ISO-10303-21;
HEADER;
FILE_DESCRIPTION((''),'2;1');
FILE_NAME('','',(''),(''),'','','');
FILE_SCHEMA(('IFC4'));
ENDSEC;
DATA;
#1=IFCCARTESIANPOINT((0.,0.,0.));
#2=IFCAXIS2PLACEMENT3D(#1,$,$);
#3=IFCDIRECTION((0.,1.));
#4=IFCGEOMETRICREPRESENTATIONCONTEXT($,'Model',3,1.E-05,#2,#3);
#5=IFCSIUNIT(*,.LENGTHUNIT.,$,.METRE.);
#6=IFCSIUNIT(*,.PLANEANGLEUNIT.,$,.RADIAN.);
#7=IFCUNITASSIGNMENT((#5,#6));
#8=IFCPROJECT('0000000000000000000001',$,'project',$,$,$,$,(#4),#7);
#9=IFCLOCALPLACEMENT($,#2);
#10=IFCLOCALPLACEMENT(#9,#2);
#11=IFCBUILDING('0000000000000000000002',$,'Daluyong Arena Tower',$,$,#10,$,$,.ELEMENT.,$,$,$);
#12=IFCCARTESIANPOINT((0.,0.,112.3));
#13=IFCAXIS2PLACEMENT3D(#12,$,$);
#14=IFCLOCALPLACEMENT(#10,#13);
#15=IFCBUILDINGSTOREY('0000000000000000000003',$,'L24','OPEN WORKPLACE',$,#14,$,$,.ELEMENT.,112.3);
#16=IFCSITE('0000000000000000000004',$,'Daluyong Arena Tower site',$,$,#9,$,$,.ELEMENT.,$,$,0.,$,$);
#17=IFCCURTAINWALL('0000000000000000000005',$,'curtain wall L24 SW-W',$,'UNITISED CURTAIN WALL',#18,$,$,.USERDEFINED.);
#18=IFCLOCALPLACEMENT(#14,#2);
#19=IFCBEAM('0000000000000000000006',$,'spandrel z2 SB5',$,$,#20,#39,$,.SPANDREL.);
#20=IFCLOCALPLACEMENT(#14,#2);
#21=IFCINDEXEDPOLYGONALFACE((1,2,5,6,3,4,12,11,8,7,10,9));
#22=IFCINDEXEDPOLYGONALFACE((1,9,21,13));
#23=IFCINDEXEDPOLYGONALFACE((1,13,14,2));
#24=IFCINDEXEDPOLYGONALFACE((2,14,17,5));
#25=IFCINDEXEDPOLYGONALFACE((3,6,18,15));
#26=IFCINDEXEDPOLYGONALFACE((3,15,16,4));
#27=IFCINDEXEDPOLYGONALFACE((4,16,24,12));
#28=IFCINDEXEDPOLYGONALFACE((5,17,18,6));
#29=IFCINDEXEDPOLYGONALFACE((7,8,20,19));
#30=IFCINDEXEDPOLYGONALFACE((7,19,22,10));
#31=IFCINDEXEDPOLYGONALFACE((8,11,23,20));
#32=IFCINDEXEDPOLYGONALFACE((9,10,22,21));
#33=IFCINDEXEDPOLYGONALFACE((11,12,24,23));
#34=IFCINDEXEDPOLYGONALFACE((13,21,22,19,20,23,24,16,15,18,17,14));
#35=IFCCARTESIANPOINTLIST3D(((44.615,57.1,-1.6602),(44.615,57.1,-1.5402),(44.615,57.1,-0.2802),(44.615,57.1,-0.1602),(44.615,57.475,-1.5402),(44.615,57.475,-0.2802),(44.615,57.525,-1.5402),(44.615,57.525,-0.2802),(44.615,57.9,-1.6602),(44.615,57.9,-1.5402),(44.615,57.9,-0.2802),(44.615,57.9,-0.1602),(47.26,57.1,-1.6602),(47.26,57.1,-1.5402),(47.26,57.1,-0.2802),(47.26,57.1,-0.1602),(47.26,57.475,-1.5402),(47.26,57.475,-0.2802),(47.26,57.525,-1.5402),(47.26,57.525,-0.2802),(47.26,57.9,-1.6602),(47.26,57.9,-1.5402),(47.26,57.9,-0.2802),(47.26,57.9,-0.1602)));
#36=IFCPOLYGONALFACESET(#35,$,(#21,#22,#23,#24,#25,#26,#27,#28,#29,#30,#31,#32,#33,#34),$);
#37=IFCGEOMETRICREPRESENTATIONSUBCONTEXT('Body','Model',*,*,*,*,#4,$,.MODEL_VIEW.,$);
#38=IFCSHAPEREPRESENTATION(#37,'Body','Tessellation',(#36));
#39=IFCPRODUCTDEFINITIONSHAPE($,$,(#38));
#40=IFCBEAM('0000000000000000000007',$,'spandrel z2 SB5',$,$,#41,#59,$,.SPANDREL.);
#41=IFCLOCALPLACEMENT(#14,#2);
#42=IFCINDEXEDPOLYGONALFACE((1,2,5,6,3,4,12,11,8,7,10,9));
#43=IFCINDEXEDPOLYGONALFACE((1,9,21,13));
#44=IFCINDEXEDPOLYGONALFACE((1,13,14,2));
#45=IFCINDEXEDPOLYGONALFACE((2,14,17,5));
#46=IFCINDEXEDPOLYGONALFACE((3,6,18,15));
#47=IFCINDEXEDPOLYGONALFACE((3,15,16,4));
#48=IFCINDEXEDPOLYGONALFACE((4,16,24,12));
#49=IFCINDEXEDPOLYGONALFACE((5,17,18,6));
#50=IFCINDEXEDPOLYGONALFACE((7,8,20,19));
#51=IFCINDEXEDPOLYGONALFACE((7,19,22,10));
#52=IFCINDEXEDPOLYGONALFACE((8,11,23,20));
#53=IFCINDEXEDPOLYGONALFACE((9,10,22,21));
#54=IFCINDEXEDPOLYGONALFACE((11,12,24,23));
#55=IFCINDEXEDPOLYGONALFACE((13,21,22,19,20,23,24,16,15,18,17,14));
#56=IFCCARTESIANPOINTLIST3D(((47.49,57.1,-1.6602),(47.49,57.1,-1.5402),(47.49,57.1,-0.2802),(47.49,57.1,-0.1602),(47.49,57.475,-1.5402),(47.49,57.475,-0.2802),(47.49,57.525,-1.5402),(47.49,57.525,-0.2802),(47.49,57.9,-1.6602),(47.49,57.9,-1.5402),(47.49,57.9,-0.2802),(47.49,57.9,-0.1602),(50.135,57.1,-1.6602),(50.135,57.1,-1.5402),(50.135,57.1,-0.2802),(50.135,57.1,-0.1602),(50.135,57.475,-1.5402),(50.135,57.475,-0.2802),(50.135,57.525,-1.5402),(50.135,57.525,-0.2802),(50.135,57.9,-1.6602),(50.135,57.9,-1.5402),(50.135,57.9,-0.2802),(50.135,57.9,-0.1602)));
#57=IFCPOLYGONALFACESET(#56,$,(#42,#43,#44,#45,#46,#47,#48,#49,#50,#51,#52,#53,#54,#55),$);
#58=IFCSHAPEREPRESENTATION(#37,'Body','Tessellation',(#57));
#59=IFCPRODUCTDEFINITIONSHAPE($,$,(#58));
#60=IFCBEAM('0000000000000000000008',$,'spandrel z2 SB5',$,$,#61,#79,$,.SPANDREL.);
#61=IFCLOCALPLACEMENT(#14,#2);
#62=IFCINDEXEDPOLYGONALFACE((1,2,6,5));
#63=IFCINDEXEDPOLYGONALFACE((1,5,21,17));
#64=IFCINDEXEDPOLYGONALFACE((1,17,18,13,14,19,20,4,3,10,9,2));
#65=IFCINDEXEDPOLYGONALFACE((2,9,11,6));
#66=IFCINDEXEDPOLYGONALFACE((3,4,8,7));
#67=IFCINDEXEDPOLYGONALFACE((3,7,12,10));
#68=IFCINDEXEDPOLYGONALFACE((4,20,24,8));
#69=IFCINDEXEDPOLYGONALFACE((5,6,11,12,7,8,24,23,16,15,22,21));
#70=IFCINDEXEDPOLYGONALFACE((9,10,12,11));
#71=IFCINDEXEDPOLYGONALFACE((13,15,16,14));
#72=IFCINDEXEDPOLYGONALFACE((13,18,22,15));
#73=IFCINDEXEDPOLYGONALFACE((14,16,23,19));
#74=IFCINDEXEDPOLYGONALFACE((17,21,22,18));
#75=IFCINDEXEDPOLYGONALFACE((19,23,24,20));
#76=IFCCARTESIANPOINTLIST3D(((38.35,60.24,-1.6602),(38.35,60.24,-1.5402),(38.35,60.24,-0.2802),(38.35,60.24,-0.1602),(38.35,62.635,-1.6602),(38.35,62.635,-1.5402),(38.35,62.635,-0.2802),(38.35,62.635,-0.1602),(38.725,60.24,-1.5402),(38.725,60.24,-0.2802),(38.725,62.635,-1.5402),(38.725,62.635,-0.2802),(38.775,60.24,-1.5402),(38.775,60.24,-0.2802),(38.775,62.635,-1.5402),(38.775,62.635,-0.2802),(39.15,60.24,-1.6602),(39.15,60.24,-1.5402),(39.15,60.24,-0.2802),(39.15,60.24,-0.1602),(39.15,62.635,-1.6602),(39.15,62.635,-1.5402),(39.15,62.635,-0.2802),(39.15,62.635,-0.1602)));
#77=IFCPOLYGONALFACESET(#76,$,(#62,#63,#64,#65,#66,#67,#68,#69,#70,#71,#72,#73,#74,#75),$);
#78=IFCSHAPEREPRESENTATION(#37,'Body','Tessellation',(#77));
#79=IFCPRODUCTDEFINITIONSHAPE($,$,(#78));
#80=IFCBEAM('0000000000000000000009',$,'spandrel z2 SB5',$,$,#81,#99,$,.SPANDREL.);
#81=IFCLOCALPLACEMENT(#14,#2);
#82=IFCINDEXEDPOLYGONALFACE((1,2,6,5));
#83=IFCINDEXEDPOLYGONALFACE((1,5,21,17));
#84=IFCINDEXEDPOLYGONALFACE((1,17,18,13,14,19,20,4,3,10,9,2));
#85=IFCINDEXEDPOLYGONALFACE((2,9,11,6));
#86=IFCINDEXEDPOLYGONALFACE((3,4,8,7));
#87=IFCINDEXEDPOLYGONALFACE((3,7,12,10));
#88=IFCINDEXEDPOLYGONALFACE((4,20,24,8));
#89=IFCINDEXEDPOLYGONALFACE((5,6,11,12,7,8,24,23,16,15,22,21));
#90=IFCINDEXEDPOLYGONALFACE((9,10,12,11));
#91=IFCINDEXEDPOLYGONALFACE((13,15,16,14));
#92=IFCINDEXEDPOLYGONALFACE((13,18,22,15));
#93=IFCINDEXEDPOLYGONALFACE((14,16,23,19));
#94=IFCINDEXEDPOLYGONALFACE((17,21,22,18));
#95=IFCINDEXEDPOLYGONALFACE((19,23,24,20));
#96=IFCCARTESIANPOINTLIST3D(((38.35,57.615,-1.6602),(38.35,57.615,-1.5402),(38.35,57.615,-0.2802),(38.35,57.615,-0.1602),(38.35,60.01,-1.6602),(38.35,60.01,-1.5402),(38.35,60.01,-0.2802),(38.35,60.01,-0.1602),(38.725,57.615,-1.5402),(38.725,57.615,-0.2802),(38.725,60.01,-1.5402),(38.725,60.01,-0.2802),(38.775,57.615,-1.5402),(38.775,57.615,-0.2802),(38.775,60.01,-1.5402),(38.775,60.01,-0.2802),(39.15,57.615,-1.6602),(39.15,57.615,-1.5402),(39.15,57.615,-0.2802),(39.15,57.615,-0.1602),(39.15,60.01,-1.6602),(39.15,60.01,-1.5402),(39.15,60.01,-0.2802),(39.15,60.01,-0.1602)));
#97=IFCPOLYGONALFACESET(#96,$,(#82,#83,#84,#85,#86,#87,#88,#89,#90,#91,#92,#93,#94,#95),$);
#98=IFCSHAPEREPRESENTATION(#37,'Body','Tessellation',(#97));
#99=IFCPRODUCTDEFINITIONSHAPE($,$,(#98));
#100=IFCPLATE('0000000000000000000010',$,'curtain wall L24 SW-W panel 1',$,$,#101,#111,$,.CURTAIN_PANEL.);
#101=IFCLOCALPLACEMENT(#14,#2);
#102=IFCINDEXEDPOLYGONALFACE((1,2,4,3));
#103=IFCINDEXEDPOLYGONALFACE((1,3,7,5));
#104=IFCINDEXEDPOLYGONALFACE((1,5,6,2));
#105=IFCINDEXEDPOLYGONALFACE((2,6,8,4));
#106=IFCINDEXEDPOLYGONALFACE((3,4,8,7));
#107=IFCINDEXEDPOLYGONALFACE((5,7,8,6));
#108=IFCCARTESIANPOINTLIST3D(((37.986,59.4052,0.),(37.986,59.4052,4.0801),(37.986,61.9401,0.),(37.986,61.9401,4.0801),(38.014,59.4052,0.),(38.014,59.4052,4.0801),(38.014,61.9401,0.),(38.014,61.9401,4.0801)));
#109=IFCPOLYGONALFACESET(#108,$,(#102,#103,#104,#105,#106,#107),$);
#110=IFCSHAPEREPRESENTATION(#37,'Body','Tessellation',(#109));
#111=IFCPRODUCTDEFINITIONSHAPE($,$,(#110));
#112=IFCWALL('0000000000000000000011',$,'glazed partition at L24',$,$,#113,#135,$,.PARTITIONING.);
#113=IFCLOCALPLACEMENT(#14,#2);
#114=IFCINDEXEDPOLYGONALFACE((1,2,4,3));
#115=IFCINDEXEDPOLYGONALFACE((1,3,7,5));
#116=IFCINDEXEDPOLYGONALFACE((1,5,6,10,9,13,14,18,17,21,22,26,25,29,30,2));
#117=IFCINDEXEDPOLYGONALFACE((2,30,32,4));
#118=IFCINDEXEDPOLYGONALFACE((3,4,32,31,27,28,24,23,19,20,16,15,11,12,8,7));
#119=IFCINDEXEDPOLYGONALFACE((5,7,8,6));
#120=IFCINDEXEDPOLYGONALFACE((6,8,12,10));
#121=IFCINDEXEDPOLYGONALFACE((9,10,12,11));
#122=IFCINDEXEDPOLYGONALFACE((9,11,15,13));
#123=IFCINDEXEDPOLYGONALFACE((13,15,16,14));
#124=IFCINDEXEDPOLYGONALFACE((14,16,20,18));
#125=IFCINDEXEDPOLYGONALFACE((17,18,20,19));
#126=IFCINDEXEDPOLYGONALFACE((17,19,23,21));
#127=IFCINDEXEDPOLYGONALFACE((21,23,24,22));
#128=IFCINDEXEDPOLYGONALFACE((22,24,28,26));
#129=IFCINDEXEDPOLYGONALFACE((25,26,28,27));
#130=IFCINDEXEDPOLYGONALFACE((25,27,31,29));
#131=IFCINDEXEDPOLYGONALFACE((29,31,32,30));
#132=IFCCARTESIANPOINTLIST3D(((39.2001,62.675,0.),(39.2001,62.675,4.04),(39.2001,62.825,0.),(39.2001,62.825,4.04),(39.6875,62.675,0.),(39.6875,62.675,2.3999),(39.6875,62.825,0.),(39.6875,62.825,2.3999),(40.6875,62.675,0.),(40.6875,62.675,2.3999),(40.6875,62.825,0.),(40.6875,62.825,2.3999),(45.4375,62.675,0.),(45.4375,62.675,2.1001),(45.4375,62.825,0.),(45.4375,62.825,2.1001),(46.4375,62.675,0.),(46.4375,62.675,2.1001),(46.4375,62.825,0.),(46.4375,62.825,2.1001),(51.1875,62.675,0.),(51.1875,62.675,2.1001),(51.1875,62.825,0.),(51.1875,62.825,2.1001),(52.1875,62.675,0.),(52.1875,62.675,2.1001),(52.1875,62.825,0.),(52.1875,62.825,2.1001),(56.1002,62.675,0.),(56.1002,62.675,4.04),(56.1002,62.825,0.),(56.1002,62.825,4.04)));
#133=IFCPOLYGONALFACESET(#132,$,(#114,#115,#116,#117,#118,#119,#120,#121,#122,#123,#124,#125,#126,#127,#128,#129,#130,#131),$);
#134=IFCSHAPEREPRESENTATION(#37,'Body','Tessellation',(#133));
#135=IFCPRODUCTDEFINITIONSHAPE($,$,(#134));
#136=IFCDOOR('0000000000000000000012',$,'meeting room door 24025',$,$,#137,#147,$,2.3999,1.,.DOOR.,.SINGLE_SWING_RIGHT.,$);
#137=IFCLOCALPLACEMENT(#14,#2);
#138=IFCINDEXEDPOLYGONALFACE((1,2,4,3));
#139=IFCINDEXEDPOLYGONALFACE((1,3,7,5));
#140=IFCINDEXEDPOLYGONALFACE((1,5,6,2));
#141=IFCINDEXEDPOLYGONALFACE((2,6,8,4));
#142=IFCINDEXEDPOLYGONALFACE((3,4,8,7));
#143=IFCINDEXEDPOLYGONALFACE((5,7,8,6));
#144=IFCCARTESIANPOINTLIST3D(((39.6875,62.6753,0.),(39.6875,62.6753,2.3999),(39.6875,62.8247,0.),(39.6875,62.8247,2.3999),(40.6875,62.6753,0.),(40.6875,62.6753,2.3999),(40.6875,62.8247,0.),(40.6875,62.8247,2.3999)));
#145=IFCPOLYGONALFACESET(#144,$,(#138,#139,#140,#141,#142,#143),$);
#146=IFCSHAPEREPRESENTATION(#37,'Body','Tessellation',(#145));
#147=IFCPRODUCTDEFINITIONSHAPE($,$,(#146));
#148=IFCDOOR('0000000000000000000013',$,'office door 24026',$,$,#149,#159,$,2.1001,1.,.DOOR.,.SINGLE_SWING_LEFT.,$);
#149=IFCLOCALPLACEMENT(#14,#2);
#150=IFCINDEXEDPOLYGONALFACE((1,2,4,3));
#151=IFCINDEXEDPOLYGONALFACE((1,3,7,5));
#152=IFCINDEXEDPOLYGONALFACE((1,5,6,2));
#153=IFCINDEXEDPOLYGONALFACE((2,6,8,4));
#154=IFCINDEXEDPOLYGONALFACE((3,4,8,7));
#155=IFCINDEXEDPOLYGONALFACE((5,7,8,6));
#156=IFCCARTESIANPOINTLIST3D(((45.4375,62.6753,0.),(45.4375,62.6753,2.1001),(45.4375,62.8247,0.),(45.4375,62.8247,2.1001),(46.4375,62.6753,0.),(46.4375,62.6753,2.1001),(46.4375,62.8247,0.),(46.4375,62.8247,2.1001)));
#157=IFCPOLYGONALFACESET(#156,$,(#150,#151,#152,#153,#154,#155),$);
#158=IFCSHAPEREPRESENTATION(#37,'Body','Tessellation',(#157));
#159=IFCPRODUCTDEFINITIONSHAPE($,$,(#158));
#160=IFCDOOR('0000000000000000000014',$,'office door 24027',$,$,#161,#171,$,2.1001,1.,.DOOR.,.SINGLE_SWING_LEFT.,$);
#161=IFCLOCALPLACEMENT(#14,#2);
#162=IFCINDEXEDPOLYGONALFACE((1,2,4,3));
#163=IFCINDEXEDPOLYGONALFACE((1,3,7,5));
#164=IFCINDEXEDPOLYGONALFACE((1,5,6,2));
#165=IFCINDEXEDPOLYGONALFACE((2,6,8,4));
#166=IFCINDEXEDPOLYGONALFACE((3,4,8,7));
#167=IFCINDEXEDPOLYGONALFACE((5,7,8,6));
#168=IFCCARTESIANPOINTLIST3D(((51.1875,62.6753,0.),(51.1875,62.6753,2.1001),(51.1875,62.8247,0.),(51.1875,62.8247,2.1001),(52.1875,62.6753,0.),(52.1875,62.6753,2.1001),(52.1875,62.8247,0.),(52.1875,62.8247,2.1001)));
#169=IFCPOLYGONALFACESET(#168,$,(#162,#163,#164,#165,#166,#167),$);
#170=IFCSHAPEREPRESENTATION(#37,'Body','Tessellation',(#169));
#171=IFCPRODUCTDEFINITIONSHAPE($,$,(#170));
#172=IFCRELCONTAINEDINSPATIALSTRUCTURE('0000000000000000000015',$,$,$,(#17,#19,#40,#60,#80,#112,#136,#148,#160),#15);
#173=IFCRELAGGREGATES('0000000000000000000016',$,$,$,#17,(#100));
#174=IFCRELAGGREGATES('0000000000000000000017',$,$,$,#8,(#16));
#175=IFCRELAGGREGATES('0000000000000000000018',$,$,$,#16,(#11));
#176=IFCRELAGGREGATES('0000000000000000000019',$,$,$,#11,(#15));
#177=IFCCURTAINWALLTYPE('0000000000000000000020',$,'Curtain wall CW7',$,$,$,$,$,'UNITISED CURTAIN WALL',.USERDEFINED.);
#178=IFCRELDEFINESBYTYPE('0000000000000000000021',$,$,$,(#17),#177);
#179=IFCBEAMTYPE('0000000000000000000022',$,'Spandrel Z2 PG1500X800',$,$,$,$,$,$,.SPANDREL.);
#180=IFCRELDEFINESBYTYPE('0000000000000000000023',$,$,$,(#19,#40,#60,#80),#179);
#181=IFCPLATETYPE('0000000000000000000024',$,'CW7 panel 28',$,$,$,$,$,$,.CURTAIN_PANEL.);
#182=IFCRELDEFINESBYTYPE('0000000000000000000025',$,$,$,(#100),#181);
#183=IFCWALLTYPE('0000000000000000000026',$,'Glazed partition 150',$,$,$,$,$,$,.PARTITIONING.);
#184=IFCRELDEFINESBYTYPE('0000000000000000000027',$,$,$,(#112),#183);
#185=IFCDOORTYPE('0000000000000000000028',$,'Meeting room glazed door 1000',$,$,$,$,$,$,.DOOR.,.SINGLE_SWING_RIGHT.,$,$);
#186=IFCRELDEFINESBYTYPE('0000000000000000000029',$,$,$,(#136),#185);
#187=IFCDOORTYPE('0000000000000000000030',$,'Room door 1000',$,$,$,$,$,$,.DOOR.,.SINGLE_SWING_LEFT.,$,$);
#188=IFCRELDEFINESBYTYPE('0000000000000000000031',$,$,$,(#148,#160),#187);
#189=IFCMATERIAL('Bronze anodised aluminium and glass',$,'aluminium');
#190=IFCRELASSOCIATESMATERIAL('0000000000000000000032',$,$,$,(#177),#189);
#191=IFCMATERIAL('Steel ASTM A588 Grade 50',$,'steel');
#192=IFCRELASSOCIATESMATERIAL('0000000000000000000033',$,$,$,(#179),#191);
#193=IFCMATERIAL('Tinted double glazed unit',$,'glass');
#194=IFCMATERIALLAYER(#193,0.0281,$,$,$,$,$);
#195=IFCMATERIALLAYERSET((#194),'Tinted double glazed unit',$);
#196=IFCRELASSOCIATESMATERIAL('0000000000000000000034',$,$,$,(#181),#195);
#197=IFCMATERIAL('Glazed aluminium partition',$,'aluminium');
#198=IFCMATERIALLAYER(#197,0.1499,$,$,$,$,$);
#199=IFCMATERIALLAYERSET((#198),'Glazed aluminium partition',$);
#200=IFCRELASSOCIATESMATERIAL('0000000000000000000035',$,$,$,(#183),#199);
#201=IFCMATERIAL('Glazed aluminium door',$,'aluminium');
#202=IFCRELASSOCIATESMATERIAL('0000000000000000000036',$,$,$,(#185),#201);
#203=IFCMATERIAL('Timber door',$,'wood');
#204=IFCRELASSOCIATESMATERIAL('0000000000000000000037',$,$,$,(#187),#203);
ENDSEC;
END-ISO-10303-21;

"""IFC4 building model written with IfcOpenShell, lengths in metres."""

from ifc_helpers import new_model, si_unit, direction, frame, frame_2d, origin, origin_2d, place, context, subcontext, project, spatial, rectangle, i_section, extrude, material, layer, layer_set, material_profile, profile_set, type_object, element, fill, aggregate, save


model = new_model("IFC4")

# Units and contexts
model_context = context("Model", 3, precision=1e-05, world=origin(), true_north=direction((0.0, 1.0)))
body_context = subcontext(model_context, "Body", "Model", "MODEL_VIEW")
ifc_project = project(units=[si_unit("LENGTHUNIT", "METRE"), si_unit("PLANEANGLEUNIT", "RADIAN")], contexts=[model_context])

# Site, building, storey
site_placement = place(None, origin())
site = spatial("IfcSite", under=ifc_project, at=site_placement, Name="Daluyong Arena Tower site", CompositionType="ELEMENT", RefElevation=0.0)
building_placement = place(site_placement, origin())
building = spatial("IfcBuilding", under=site, at=building_placement, Name="Daluyong Arena Tower", CompositionType="ELEMENT")
storey_placement = place(building_placement, frame((0.0, 0.0, 112.3)))
storey = spatial("IfcBuildingStorey", under=building, at=storey_placement, Name="L24", Description="OPEN WORKPLACE", CompositionType="ELEMENT", Elevation=112.3)

# Curtain wall
ifc_material_1 = material(Name="Bronze anodised aluminium and glass", Category="aluminium")
curtain_wall_type = type_object("IfcCurtainWallType", Name="Curtain wall CW7", ElementType="UNITISED CURTAIN WALL", PredefinedType="USERDEFINED", material=ifc_material_1)
curtain_wall_placement = place(storey_placement, origin())
curtain_wall = element("IfcCurtainWall", 1, at=curtain_wall_placement, inside=storey, type_object=curtain_wall_type, Name="curtain wall L24 SW-W", ObjectType="UNITISED CURTAIN WALL", PredefinedType="USERDEFINED")

# Beams
ifc_material_2 = material(Name="Steel ASTM A588 Grade 50", Category="steel")
ifc_material_profile_1 = material_profile(ifc_material_2, i_section(OverallWidth=0.8, OverallDepth=1.5, WebThickness=0.05, FlangeThickness=0.12, at=origin_2d()))
ifc_profile_set_1 = profile_set([ifc_material_profile_1], Name="Steel ASTM A588 Grade 50")
beam_type_1 = type_object("IfcBeamType", Name="Spandrel Z2 PG1500X800", PredefinedType="SPANDREL", material=ifc_profile_set_1)
for number, where, z_axis, x_axis, name in (
    (2, (44.615, 57.5, -0.9102), (1.0, 0.0, 0.0), (0.0, 1.0, 0.0), "spandrel z2 SB5"),
    (3, (47.49, 57.5, -0.9102), (1.0, 0.0, 0.0), (0.0, 1.0, 0.0), "spandrel z2 SB5"),
):
    element("IfcBeam", number, at=place(storey_placement, frame(where, z_axis=z_axis, x_axis=x_axis)), inside=storey, type_object=beam_type_1, Name=name, PredefinedType="SPANDREL", context=body_context, shape_type="SweptSolid", body=[
        extrude(i_section(OverallWidth=0.8, OverallDepth=1.5, WebThickness=0.05, FlangeThickness=0.12, at=origin_2d()), origin(), (0.0, 0.0, 1.0), 2.645),
    ])
for number, where, z_axis, x_axis, name in (
    (4, (38.75, 62.635, -0.9102), (0.0, -1.0, 0.0), (1.0, 0.0, 0.0), "spandrel z2 SB5"),
    (5, (38.75, 60.01, -0.9102), (0.0, -1.0, 0.0), (1.0, 0.0, 0.0), "spandrel z2 SB5"),
):
    element("IfcBeam", number, at=place(storey_placement, frame(where, z_axis=z_axis, x_axis=x_axis)), inside=storey, type_object=beam_type_1, Name=name, PredefinedType="SPANDREL", context=body_context, shape_type="SweptSolid", body=[
        extrude(i_section(OverallWidth=0.8, OverallDepth=1.5, WebThickness=0.05, FlangeThickness=0.12, at=origin_2d()), origin(), (0.0, 0.0, 1.0), 2.395),
    ])

# Plate
ifc_material_3 = material(Name="Tinted double glazed unit", Category="glass")
ifc_layer_1 = layer(ifc_material_3, 0.0281)
ifc_layer_set_1 = layer_set([ifc_layer_1], Name="Tinted double glazed unit")
plate_type = type_object("IfcPlateType", Name="CW7 panel 28", PredefinedType="CURTAIN_PANEL", material=ifc_layer_set_1)
plate_placement = place(storey_placement, frame((38.0, 60.6726, 0.0), z_axis=(0.0, 0.0, 1.0), x_axis=(0.0, -1.0, 0.0)))
plate = element("IfcPlate", 6, at=plate_placement, type_object=plate_type, Name="curtain wall L24 SW-W panel 1", PredefinedType="CURTAIN_PANEL", context=body_context, shape_type="SweptSolid", body=[
    extrude(rectangle(XDim=2.5349, YDim=0.0281, at=origin_2d()), origin(), (0.0, 0.0, 1.0), 4.0801),
])
aggregate(curtain_wall, [plate])

# Wall, openings, doors
ifc_material_4 = material(Name="Glazed aluminium partition", Category="aluminium")
ifc_layer_2 = layer(ifc_material_4, 0.1499)
ifc_layer_set_2 = layer_set([ifc_layer_2], Name="Glazed aluminium partition")
wall_type_1 = type_object("IfcWallType", Name="Glazed partition 150", PredefinedType="PARTITIONING", material=ifc_layer_set_2)
wall_1_placement = place(storey_placement, frame((39.2, 62.75, 0.0), z_axis=(0.0, 0.0, 1.0), x_axis=(1.0, 0.0, 0.0)))
wall_1 = element("IfcWall", 7, at=wall_1_placement, inside=storey, type_object=wall_type_1, Name="glazed partition at L24", PredefinedType="PARTITIONING", context=body_context, shape_type="SweptSolid", body=[
    extrude(rectangle(XDim=16.9001, YDim=0.1499, at=frame_2d((8.4502, 0.0))), origin(), (0.0, 0.0, 1.0), 4.04),
])
opening_1_placement = place(wall_1_placement, frame((0.4875, 0.0, 0.0)))
opening_1 = element("IfcOpeningElement", 8, at=opening_1_placement, cuts=wall_1, PredefinedType="OPENING", context=body_context, shape_type="SweptSolid", body=[
    extrude(rectangle(XDim=1.0, YDim=2.3999, at=frame_2d((0.5, 1.2))), frame((0.0, 0.085, 0.0), z_axis=(0.0, -1.0, 0.0), x_axis=(1.0, 0.0, 0.0)), (0.0, 0.0, 1.0), 0.1699),
])
opening_2_placement = place(wall_1_placement, frame((6.2375, 0.0, 0.0)))
opening_2 = element("IfcOpeningElement", 9, at=opening_2_placement, cuts=wall_1, PredefinedType="OPENING", context=body_context, shape_type="SweptSolid", body=[
    extrude(rectangle(XDim=1.0, YDim=2.1001, at=frame_2d((0.5, 1.05))), frame((0.0, 0.085, 0.0), z_axis=(0.0, -1.0, 0.0), x_axis=(1.0, 0.0, 0.0)), (0.0, 0.0, 1.0), 0.1699),
])
opening_3_placement = place(wall_1_placement, frame((11.9875, 0.0, 0.0)))
opening_3 = element("IfcOpeningElement", 10, at=opening_3_placement, cuts=wall_1, PredefinedType="OPENING", context=body_context, shape_type="SweptSolid", body=[
    extrude(rectangle(XDim=1.0, YDim=2.1001, at=frame_2d((0.5, 1.05))), frame((0.0, 0.085, 0.0), z_axis=(0.0, -1.0, 0.0), x_axis=(1.0, 0.0, 0.0)), (0.0, 0.0, 1.0), 0.1699),
])
ifc_material_5 = material(Name="Glazed aluminium door", Category="aluminium")
door_type_1 = type_object("IfcDoorType", Name="Meeting room glazed door 1000", OperationType="SINGLE_SWING_RIGHT", PredefinedType="DOOR", material=ifc_material_5)
door_1_placement = place(opening_1_placement, origin())
door_1 = element("IfcDoor", 11, at=door_1_placement, inside=storey, type_object=door_type_1, Name="meeting room door 24025", OperationType="SINGLE_SWING_RIGHT", OverallHeight=2.3999, OverallWidth=1.0, PredefinedType="DOOR", context=body_context, shape_type="SweptSolid", body=[
    extrude(rectangle(XDim=1.0, YDim=2.3999, at=frame_2d((0.5, 1.2))), frame((0.0, 0.0747, 0.0), z_axis=(0.0, -1.0, 0.0), x_axis=(1.0, 0.0, 0.0)), (0.0, 0.0, 1.0), 0.1494),
])
fill(opening_1, door_1)
ifc_material_6 = material(Name="Timber door", Category="wood")
door_type_2 = type_object("IfcDoorType", Name="Room door 1000", OperationType="SINGLE_SWING_LEFT", PredefinedType="DOOR", material=ifc_material_6)
door_2_placement = place(opening_2_placement, origin())
door_2 = element("IfcDoor", 12, at=door_2_placement, inside=storey, type_object=door_type_2, Name="office door 24026", OperationType="SINGLE_SWING_LEFT", OverallHeight=2.1001, OverallWidth=1.0, PredefinedType="DOOR", context=body_context, shape_type="SweptSolid", body=[
    extrude(rectangle(XDim=1.0, YDim=2.1001, at=frame_2d((0.5, 1.05))), frame((0.0, 0.0747, 0.0), z_axis=(0.0, -1.0, 0.0), x_axis=(1.0, 0.0, 0.0)), (0.0, 0.0, 1.0), 0.1494),
])
fill(opening_2, door_2)
door_3_placement = place(opening_3_placement, origin())
door_3 = element("IfcDoor", 13, at=door_3_placement, inside=storey, type_object=door_type_2, Name="office door 24027", OperationType="SINGLE_SWING_LEFT", OverallHeight=2.1001, OverallWidth=1.0, PredefinedType="DOOR", context=body_context, shape_type="SweptSolid", body=[
    extrude(rectangle(XDim=1.0, YDim=2.1001, at=frame_2d((0.5, 1.05))), frame((0.0, 0.0747, 0.0), z_axis=(0.0, -1.0, 0.0), x_axis=(1.0, 0.0, 0.0)), (0.0, 0.0, 1.0), 0.1494),
])
fill(opening_3, door_3)

save(model, "model.ifc")
